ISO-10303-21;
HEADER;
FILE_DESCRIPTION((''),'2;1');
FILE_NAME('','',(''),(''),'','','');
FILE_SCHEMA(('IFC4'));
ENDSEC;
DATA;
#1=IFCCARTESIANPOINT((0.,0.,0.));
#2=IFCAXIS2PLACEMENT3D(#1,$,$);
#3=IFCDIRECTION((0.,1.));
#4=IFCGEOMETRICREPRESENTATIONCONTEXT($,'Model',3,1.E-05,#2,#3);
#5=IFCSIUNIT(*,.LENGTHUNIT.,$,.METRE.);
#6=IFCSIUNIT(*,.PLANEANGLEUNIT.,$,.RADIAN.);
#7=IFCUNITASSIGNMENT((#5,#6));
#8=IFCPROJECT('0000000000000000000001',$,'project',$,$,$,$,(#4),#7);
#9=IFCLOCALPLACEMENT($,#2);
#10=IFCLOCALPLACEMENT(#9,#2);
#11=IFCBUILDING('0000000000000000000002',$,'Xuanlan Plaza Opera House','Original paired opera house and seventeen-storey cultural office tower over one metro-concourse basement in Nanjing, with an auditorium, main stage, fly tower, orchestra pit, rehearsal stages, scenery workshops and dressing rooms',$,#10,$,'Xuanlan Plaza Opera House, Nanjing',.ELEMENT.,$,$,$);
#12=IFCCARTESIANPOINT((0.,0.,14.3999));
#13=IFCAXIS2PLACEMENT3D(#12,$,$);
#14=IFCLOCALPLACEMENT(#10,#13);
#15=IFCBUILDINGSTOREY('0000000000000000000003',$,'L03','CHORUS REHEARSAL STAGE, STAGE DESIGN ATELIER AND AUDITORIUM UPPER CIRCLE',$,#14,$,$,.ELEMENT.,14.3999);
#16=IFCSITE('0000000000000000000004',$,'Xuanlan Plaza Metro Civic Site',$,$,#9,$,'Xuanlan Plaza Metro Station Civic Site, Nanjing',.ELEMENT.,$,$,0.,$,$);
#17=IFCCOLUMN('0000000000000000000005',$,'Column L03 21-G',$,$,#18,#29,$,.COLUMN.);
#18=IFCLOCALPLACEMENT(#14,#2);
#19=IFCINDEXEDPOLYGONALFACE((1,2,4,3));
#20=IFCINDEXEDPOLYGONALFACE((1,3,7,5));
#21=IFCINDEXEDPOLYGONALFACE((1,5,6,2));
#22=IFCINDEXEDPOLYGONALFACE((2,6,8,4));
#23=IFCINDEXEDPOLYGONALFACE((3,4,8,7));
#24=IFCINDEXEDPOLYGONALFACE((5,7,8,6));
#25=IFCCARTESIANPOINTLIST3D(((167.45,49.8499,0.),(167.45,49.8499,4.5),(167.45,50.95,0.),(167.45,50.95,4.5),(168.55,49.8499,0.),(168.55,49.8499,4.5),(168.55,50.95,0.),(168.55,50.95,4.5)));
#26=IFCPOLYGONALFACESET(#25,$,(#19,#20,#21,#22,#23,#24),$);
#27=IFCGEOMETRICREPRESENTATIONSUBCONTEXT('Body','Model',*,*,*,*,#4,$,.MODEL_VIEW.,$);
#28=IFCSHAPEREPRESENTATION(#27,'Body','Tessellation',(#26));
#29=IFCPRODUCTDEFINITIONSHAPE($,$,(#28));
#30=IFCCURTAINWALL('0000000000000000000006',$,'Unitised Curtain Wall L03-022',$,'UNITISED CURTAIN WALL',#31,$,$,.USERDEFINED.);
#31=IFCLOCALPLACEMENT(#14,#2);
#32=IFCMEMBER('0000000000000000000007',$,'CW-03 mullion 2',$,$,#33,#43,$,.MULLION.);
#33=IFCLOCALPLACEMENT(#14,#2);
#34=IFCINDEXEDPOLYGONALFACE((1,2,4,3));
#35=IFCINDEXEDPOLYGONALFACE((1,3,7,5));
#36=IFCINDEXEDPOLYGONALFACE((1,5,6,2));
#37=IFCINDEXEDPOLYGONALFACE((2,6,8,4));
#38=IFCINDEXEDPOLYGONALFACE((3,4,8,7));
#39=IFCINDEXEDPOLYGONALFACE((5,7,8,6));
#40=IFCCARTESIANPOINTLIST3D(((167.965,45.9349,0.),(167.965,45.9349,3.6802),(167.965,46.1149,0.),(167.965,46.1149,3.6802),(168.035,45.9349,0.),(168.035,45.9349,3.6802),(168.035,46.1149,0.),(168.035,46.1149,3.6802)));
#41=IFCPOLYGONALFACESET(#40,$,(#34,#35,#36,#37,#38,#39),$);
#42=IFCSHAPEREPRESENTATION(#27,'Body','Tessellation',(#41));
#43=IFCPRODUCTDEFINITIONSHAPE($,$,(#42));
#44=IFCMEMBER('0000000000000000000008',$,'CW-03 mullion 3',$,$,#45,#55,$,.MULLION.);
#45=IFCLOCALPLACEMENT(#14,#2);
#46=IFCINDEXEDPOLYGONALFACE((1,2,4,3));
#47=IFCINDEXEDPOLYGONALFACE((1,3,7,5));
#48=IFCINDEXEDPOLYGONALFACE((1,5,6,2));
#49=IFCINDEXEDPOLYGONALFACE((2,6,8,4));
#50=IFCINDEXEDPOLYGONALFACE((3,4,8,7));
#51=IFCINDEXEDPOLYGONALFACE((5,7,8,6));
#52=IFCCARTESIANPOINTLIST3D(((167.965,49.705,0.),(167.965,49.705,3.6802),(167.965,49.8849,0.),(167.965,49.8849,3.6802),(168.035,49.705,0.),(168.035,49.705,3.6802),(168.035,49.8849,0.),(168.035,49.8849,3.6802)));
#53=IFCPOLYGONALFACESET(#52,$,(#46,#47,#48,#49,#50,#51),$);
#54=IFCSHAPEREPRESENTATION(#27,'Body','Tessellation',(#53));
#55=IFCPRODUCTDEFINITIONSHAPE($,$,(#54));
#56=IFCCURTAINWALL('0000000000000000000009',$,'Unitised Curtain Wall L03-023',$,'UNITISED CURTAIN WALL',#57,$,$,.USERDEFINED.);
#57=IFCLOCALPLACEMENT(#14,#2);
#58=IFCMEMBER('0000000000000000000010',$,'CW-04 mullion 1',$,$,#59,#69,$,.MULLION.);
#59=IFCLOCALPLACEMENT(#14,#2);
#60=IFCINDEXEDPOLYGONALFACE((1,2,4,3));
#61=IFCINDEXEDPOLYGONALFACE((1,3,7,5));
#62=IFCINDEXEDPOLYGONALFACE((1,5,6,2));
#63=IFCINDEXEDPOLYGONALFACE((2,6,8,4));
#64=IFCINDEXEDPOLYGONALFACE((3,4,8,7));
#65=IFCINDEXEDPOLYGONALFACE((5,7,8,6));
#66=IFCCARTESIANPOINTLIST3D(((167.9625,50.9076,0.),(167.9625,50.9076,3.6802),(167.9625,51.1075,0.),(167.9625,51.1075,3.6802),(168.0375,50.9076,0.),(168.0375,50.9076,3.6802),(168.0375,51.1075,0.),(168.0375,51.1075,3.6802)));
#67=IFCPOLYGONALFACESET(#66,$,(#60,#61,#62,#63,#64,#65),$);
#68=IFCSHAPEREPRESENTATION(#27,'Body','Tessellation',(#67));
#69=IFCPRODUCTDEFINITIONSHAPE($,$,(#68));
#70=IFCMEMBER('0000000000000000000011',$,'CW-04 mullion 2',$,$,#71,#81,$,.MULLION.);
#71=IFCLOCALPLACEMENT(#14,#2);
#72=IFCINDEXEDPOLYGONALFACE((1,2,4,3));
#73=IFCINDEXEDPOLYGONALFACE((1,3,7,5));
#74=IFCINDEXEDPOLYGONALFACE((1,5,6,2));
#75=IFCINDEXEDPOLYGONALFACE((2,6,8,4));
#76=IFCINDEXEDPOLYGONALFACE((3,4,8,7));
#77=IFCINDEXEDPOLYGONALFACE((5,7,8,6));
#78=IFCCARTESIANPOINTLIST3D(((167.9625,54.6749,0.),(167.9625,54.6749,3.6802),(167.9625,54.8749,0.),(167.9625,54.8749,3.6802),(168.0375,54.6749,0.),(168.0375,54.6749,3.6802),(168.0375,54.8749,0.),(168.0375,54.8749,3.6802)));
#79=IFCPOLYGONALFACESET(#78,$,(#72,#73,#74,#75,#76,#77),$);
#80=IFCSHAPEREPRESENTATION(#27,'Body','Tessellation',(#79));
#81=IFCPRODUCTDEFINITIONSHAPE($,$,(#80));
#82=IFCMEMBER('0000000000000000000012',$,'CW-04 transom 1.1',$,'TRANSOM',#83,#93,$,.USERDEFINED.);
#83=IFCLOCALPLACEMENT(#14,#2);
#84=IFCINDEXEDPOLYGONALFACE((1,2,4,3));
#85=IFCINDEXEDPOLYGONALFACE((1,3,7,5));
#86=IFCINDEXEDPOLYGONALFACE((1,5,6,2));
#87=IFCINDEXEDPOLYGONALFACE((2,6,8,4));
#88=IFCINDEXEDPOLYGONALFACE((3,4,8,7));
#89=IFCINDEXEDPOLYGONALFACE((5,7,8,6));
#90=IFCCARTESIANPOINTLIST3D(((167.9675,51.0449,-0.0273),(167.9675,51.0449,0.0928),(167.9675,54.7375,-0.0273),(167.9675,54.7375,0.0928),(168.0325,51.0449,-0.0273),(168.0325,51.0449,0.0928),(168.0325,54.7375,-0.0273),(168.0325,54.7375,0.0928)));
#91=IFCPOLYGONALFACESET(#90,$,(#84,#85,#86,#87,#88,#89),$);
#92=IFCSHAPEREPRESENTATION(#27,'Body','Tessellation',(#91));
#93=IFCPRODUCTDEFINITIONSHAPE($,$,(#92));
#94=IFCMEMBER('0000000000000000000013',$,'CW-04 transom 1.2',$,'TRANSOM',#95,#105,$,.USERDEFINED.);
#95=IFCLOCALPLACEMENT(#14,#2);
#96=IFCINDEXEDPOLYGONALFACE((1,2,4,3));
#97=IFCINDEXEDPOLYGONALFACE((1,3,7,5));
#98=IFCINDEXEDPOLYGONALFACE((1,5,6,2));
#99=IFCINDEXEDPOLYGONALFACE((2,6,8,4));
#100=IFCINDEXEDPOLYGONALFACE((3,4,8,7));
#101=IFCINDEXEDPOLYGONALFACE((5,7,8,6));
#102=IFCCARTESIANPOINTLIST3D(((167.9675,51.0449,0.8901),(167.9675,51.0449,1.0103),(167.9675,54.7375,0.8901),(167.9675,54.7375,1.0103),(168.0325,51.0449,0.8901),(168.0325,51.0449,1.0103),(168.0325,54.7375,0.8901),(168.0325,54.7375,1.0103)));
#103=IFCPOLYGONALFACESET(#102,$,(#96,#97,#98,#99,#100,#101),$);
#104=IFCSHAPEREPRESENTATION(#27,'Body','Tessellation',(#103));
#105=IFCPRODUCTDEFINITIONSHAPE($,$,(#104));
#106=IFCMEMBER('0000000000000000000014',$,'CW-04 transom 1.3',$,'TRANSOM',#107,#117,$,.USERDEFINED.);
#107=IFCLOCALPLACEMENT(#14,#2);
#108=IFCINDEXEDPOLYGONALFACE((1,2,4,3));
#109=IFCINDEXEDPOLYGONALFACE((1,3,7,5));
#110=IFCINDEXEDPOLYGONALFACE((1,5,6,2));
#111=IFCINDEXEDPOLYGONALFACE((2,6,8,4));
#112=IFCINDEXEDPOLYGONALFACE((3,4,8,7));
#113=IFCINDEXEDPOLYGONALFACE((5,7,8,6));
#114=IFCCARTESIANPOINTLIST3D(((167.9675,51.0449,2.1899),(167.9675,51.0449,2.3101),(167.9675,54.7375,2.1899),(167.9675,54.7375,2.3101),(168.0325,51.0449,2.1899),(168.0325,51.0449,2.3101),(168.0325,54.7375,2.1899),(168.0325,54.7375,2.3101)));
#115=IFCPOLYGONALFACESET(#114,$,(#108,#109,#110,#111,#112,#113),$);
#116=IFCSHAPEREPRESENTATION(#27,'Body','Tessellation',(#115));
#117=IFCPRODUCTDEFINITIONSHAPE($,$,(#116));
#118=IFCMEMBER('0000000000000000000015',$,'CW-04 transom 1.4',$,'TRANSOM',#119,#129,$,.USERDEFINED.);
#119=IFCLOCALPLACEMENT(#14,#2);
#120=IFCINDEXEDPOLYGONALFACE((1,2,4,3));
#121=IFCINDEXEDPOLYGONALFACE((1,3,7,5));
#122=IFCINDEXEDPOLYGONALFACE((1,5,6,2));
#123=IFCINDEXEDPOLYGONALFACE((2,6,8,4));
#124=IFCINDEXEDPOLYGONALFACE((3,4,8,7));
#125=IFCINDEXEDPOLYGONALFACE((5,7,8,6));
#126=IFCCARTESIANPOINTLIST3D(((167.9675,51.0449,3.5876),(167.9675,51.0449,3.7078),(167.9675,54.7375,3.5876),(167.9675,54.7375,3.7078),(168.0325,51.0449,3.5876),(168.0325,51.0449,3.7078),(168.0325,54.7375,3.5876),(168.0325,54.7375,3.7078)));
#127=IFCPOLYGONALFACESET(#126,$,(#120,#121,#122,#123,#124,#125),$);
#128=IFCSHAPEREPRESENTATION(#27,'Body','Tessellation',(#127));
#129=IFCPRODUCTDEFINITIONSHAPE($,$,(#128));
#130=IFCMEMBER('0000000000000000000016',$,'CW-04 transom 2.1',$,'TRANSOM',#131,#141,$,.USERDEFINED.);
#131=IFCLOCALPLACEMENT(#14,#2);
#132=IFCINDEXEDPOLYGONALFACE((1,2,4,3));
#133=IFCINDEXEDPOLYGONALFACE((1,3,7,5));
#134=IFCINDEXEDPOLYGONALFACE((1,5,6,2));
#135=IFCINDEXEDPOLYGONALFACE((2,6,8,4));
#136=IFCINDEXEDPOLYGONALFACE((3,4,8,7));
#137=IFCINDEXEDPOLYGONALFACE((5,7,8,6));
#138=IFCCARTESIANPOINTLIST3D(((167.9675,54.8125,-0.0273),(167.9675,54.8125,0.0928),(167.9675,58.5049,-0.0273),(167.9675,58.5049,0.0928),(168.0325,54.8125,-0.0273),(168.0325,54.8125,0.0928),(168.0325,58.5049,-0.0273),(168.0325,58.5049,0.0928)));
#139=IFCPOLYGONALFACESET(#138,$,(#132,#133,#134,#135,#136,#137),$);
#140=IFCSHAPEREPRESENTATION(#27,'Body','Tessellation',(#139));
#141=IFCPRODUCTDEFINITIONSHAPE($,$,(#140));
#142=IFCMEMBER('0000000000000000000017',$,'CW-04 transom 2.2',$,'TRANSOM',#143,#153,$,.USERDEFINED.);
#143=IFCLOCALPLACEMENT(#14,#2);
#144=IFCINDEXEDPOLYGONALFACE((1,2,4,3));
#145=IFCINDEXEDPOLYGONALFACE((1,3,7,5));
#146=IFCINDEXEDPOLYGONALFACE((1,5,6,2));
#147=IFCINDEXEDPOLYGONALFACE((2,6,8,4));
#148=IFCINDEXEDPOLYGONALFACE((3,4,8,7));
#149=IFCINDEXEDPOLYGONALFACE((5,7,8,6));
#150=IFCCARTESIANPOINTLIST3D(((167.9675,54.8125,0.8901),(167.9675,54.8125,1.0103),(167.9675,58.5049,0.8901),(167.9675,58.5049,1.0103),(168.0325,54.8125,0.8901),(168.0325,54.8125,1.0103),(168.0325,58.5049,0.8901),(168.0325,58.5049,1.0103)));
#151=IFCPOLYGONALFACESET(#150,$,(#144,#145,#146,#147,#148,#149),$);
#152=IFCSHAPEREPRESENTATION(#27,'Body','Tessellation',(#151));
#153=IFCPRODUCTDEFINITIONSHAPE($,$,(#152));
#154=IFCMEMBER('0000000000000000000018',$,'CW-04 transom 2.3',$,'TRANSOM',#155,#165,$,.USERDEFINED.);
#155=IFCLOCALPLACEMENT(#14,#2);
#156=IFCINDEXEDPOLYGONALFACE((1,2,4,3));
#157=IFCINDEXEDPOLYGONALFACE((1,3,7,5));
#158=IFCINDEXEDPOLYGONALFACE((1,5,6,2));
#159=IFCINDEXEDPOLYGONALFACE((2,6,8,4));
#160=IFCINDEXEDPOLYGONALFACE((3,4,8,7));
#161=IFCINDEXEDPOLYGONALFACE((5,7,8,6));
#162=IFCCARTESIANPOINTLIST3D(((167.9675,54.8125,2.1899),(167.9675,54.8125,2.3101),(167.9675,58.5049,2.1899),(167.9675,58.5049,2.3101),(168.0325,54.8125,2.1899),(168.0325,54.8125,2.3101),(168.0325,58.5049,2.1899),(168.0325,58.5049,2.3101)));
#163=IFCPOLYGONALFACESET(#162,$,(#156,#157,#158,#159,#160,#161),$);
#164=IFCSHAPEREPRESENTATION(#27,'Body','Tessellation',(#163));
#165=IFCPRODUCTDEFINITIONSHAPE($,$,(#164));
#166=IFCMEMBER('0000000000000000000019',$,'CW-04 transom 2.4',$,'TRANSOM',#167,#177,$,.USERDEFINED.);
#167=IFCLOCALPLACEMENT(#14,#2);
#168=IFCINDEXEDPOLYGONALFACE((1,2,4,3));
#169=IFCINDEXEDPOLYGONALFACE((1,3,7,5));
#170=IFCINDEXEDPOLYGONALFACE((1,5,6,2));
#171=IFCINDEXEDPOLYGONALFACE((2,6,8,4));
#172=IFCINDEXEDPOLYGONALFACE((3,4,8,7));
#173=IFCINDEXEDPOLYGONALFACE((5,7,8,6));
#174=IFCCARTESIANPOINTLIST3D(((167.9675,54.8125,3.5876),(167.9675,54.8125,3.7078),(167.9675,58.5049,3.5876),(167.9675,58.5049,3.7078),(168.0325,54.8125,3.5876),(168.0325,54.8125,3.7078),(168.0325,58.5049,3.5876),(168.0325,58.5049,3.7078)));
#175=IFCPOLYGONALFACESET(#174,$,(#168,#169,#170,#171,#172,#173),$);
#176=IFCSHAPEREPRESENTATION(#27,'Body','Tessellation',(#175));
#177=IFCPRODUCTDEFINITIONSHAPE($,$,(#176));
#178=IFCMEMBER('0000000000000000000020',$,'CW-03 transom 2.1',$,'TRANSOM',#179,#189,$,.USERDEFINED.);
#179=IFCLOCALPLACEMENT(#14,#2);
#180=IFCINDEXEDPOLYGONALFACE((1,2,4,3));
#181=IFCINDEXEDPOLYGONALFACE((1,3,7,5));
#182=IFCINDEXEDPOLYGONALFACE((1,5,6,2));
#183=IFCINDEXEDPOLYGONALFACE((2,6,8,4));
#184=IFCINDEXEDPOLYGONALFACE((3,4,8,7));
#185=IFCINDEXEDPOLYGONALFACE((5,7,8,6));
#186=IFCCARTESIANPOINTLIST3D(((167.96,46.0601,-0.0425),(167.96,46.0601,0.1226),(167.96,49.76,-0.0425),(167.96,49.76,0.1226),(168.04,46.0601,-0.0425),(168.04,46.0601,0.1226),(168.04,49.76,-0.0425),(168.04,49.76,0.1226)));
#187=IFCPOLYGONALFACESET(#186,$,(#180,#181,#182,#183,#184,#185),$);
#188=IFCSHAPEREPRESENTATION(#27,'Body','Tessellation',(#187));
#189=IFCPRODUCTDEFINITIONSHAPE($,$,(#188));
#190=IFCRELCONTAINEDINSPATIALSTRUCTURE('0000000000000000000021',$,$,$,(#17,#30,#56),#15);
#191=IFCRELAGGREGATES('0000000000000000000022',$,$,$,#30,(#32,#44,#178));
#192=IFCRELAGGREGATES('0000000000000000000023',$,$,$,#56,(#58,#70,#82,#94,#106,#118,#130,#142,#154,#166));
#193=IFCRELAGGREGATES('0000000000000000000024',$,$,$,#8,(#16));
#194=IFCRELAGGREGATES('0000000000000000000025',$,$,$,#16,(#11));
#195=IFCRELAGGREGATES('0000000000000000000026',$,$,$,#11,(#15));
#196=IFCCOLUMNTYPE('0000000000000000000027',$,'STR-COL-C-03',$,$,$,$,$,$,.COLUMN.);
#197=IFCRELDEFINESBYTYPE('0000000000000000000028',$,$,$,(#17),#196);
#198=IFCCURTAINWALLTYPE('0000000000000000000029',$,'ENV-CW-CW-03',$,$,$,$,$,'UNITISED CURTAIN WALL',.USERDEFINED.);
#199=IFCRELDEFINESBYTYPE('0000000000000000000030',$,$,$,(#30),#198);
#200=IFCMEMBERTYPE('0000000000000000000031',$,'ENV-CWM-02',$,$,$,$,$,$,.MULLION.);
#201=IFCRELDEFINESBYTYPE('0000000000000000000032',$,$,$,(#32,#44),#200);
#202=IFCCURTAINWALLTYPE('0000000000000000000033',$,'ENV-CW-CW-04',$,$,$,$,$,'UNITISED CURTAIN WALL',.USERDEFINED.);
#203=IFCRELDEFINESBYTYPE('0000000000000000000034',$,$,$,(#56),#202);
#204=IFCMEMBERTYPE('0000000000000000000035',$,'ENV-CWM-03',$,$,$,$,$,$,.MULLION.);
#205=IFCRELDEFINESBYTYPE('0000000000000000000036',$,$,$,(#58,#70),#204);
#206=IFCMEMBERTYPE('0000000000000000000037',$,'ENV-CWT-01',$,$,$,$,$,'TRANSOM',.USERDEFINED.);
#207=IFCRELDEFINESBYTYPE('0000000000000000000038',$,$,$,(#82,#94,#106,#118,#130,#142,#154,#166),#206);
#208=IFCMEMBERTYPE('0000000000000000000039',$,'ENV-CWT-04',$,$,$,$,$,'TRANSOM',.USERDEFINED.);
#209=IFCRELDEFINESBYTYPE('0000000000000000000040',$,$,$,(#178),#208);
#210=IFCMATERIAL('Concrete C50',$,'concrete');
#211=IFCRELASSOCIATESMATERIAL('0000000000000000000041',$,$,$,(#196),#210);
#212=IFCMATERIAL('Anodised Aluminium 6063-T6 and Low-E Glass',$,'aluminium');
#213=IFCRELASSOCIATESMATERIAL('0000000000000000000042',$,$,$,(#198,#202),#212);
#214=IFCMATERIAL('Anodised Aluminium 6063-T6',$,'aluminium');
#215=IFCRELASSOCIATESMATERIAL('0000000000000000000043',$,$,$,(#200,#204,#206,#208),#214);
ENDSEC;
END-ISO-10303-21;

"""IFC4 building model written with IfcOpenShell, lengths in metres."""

from ifc_helpers import new_model, si_unit, direction, frame, origin, origin_2d, place, context, subcontext, project, spatial, rectangle, extrude, material, material_profile, profile_set, type_object, element, aggregate, save


model = new_model("IFC4")

# Units and contexts
model_context = context("Model", 3, precision=1e-05, world=origin(), true_north=direction((0.0, 1.0)))
body_context = subcontext(model_context, "Body", "Model", "MODEL_VIEW")
ifc_project = project(units=[si_unit("LENGTHUNIT", "METRE"), si_unit("PLANEANGLEUNIT", "RADIAN")], contexts=[model_context])

# Site, building, storey
site_placement = place(None, origin())
site = spatial("IfcSite", under=ifc_project, at=site_placement, Name="Xuanlan Plaza Metro Civic Site", LongName="Xuanlan Plaza Metro Station Civic Site, Nanjing", CompositionType="ELEMENT", RefElevation=0.0)
building_placement = place(site_placement, origin())
building = spatial("IfcBuilding", under=site, at=building_placement, Name="Xuanlan Plaza Opera House", Description="Original paired opera house and seventeen-storey cultural office tower over one metro-concourse basement in Nanjing, with an auditorium, main stage, fly tower, orchestra pit, rehearsal stages, scenery workshops and dressing rooms", LongName="Xuanlan Plaza Opera House, Nanjing", CompositionType="ELEMENT")
storey_placement = place(building_placement, frame((0.0, 0.0, 14.3999)))
storey = spatial("IfcBuildingStorey", under=building, at=storey_placement, Name="L03", Description="CHORUS REHEARSAL STAGE, STAGE DESIGN ATELIER AND AUDITORIUM UPPER CIRCLE", CompositionType="ELEMENT", Elevation=14.3999)

# Column
ifc_material_1 = material(Name="Concrete C50", Category="concrete")
ifc_material_profile_1 = material_profile(ifc_material_1, rectangle(XDim=1.1001, YDim=1.1001, at=origin_2d()), Name="RC-COL 1100x1100")
ifc_profile_set_1 = profile_set([ifc_material_profile_1], Name="Concrete C50")
column_type = type_object("IfcColumnType", Name="STR-COL-C-03", PredefinedType="COLUMN", material=ifc_profile_set_1)
column_placement = place(storey_placement, frame((168.0, 50.3999, 0.0), z_axis=(0.0, 0.0, 1.0), x_axis=(1.0, 0.0, 0.0)))
element("IfcColumn", 1, at=column_placement, inside=storey, type_object=column_type, Name="Column L03 21-G", PredefinedType="COLUMN", context=body_context, shape_type="SweptSolid", body=[
    extrude(rectangle(XDim=1.1001, YDim=1.1001, at=origin_2d()), origin(), (0.0, 0.0, 1.0), 4.5),
])

# Curtain walls, members
ifc_material_2 = material(Name="Anodised Aluminium 6063-T6 and Low-E Glass", Category="aluminium")
curtain_wall_type_1 = type_object("IfcCurtainWallType", Name="ENV-CW-CW-03", ElementType="UNITISED CURTAIN WALL", PredefinedType="USERDEFINED", material=ifc_material_2)
curtain_wall_1_placement = place(storey_placement, origin())
curtain_wall_1 = element("IfcCurtainWall", 2, at=curtain_wall_1_placement, inside=storey, type_object=curtain_wall_type_1, Name="Unitised Curtain Wall L03-022", ObjectType="UNITISED CURTAIN WALL", PredefinedType="USERDEFINED")
ifc_material_3 = material(Name="Anodised Aluminium 6063-T6", Category="aluminium")
ifc_material_profile_2 = material_profile(ifc_material_3, rectangle(XDim=0.0701, YDim=0.1799, at=origin_2d()), Name="ALU-M 70x180")
ifc_profile_set_2 = profile_set([ifc_material_profile_2], Name="Anodised Aluminium 6063-T6")
member_type_1 = type_object("IfcMemberType", Name="ENV-CWM-02", PredefinedType="MULLION", material=ifc_profile_set_2)
member_1_placement = place(storey_placement, frame((168.0, 46.0249, 0.0), z_axis=(0.0, 0.0, 1.0), x_axis=(-1.0, 0.0, 0.0)))
member_1 = element("IfcMember", 3, at=member_1_placement, type_object=member_type_1, Name="CW-03 mullion 2", PredefinedType="MULLION", context=body_context, shape_type="SweptSolid", body=[
    extrude(rectangle(XDim=0.0701, YDim=0.1799, at=origin_2d()), origin(), (0.0, 0.0, 1.0), 3.6802),
])
member_2_placement = place(storey_placement, frame((168.0, 49.7949, 0.0), z_axis=(0.0, 0.0, 1.0), x_axis=(-1.0, 0.0, 0.0)))
member_2 = element("IfcMember", 4, at=member_2_placement, type_object=member_type_1, Name="CW-03 mullion 3", PredefinedType="MULLION", context=body_context, shape_type="SweptSolid", body=[
    extrude(rectangle(XDim=0.0701, YDim=0.1799, at=origin_2d()), origin(), (0.0, 0.0, 1.0), 3.6802),
])
curtain_wall_type_2 = type_object("IfcCurtainWallType", Name="ENV-CW-CW-04", ElementType="UNITISED CURTAIN WALL", PredefinedType="USERDEFINED", material=ifc_material_2)
curtain_wall_2_placement = place(storey_placement, origin())
curtain_wall_2 = element("IfcCurtainWall", 5, at=curtain_wall_2_placement, inside=storey, type_object=curtain_wall_type_2, Name="Unitised Curtain Wall L03-023", ObjectType="UNITISED CURTAIN WALL", PredefinedType="USERDEFINED")
ifc_material_profile_3 = material_profile(ifc_material_3, rectangle(XDim=0.075, YDim=0.2, at=origin_2d()), Name="ALU-M 75x200")
ifc_profile_set_3 = profile_set([ifc_material_profile_3], Name="Anodised Aluminium 6063-T6")
member_type_2 = type_object("IfcMemberType", Name="ENV-CWM-03", PredefinedType="MULLION", material=ifc_profile_set_3)
member_3_placement = place(storey_placement, frame((168.0, 51.0076, 0.0), z_axis=(0.0, 0.0, 1.0), x_axis=(-1.0, 0.0, 0.0)))
member_3 = element("IfcMember", 6, at=member_3_placement, type_object=member_type_2, Name="CW-04 mullion 1", PredefinedType="MULLION", context=body_context, shape_type="SweptSolid", body=[
    extrude(rectangle(XDim=0.075, YDim=0.2, at=origin_2d()), origin(), (0.0, 0.0, 1.0), 3.6802),
])
member_4_placement = place(storey_placement, frame((168.0, 54.7749, 0.0), z_axis=(0.0, 0.0, 1.0), x_axis=(-1.0, 0.0, 0.0)))
member_4 = element("IfcMember", 7, at=member_4_placement, type_object=member_type_2, Name="CW-04 mullion 2", PredefinedType="MULLION", context=body_context, shape_type="SweptSolid", body=[
    extrude(rectangle(XDim=0.075, YDim=0.2, at=origin_2d()), origin(), (0.0, 0.0, 1.0), 3.6802),
])
ifc_material_profile_4 = material_profile(ifc_material_3, rectangle(XDim=0.0649, YDim=0.1201, at=origin_2d()), Name="ALU-T 65x120")
ifc_profile_set_4 = profile_set([ifc_material_profile_4], Name="Anodised Aluminium 6063-T6")
member_type_3 = type_object("IfcMemberType", Name="ENV-CWT-01", ElementType="TRANSOM", PredefinedType="USERDEFINED", material=ifc_profile_set_4)
member_5_placement = place(storey_placement, frame((168.0, 51.0449, 0.0327), z_axis=(0.0, 1.0, 0.0), x_axis=(-1.0, 0.0, 0.0)))
member_5 = element("IfcMember", 8, at=member_5_placement, type_object=member_type_3, Name="CW-04 transom 1.1", ObjectType="TRANSOM", PredefinedType="USERDEFINED", context=body_context, shape_type="SweptSolid", body=[
    extrude(rectangle(XDim=0.0649, YDim=0.1201, at=origin_2d()), origin(), (0.0, 0.0, 1.0), 3.6926),
])
member_6_placement = place(storey_placement, frame((168.0, 51.0449, 0.9502), z_axis=(0.0, 1.0, 0.0), x_axis=(-1.0, 0.0, 0.0)))
member_6 = element("IfcMember", 9, at=member_6_placement, type_object=member_type_3, Name="CW-04 transom 1.2", ObjectType="TRANSOM", PredefinedType="USERDEFINED", context=body_context, shape_type="SweptSolid", body=[
    extrude(rectangle(XDim=0.0649, YDim=0.1201, at=origin_2d()), origin(), (0.0, 0.0, 1.0), 3.6926),
])
member_7_placement = place(storey_placement, frame((168.0, 51.0449, 2.25), z_axis=(0.0, 1.0, 0.0), x_axis=(-1.0, 0.0, 0.0)))
member_7 = element("IfcMember", 10, at=member_7_placement, type_object=member_type_3, Name="CW-04 transom 1.3", ObjectType="TRANSOM", PredefinedType="USERDEFINED", context=body_context, shape_type="SweptSolid", body=[
    extrude(rectangle(XDim=0.0649, YDim=0.1201, at=origin_2d()), origin(), (0.0, 0.0, 1.0), 3.6926),
])
member_8_placement = place(storey_placement, frame((168.0, 51.0449, 3.6477), z_axis=(0.0, 1.0, 0.0), x_axis=(-1.0, 0.0, 0.0)))
member_8 = element("IfcMember", 11, at=member_8_placement, type_object=member_type_3, Name="CW-04 transom 1.4", ObjectType="TRANSOM", PredefinedType="USERDEFINED", context=body_context, shape_type="SweptSolid", body=[
    extrude(rectangle(XDim=0.0649, YDim=0.1201, at=origin_2d()), origin(), (0.0, 0.0, 1.0), 3.6926),
])
member_9_placement = place(storey_placement, frame((168.0, 54.8125, 0.0327), z_axis=(0.0, 1.0, 0.0), x_axis=(-1.0, 0.0, 0.0)))
member_9 = element("IfcMember", 12, at=member_9_placement, type_object=member_type_3, Name="CW-04 transom 2.1", ObjectType="TRANSOM", PredefinedType="USERDEFINED", context=body_context, shape_type="SweptSolid", body=[
    extrude(rectangle(XDim=0.0649, YDim=0.1201, at=origin_2d()), origin(), (0.0, 0.0, 1.0), 3.6924),
])
member_10_placement = place(storey_placement, frame((168.0, 54.8125, 0.9502), z_axis=(0.0, 1.0, 0.0), x_axis=(-1.0, 0.0, 0.0)))
member_10 = element("IfcMember", 13, at=member_10_placement, type_object=member_type_3, Name="CW-04 transom 2.2", ObjectType="TRANSOM", PredefinedType="USERDEFINED", context=body_context, shape_type="SweptSolid", body=[
    extrude(rectangle(XDim=0.0649, YDim=0.1201, at=origin_2d()), origin(), (0.0, 0.0, 1.0), 3.6924),
])
member_11_placement = place(storey_placement, frame((168.0, 54.8125, 2.25), z_axis=(0.0, 1.0, 0.0), x_axis=(-1.0, 0.0, 0.0)))
member_11 = element("IfcMember", 14, at=member_11_placement, type_object=member_type_3, Name="CW-04 transom 2.3", ObjectType="TRANSOM", PredefinedType="USERDEFINED", context=body_context, shape_type="SweptSolid", body=[
    extrude(rectangle(XDim=0.0649, YDim=0.1201, at=origin_2d()), origin(), (0.0, 0.0, 1.0), 3.6924),
])
member_12_placement = place(storey_placement, frame((168.0, 54.8125, 3.6477), z_axis=(0.0, 1.0, 0.0), x_axis=(-1.0, 0.0, 0.0)))
member_12 = element("IfcMember", 15, at=member_12_placement, type_object=member_type_3, Name="CW-04 transom 2.4", ObjectType="TRANSOM", PredefinedType="USERDEFINED", context=body_context, shape_type="SweptSolid", body=[
    extrude(rectangle(XDim=0.0649, YDim=0.1201, at=origin_2d()), origin(), (0.0, 0.0, 1.0), 3.6924),
])

# Member
ifc_material_profile_5 = material_profile(ifc_material_3, rectangle(XDim=0.0801, YDim=0.165, at=origin_2d()), Name="ALU-T 80x165")
ifc_profile_set_5 = profile_set([ifc_material_profile_5], Name="Anodised Aluminium 6063-T6")
member_type_4 = type_object("IfcMemberType", Name="ENV-CWT-04", ElementType="TRANSOM", PredefinedType="USERDEFINED", material=ifc_profile_set_5)
member_13_placement = place(storey_placement, frame((168.0, 46.0601, 0.04), z_axis=(0.0, 1.0, 0.0), x_axis=(-1.0, 0.0, 0.0)))
member_13 = element("IfcMember", 16, at=member_13_placement, type_object=member_type_4, Name="CW-03 transom 2.1", ObjectType="TRANSOM", PredefinedType="USERDEFINED", context=body_context, shape_type="SweptSolid", body=[
    extrude(rectangle(XDim=0.0801, YDim=0.165, at=origin_2d()), origin(), (0.0, 0.0, 1.0), 3.7),
])

aggregate(curtain_wall_1, [member_1, member_2, member_13])
aggregate(curtain_wall_2, [member_3, member_4, member_5, member_6, member_7, member_8, member_9, member_10, member_11, member_12])

save(model, "model.ifc")
